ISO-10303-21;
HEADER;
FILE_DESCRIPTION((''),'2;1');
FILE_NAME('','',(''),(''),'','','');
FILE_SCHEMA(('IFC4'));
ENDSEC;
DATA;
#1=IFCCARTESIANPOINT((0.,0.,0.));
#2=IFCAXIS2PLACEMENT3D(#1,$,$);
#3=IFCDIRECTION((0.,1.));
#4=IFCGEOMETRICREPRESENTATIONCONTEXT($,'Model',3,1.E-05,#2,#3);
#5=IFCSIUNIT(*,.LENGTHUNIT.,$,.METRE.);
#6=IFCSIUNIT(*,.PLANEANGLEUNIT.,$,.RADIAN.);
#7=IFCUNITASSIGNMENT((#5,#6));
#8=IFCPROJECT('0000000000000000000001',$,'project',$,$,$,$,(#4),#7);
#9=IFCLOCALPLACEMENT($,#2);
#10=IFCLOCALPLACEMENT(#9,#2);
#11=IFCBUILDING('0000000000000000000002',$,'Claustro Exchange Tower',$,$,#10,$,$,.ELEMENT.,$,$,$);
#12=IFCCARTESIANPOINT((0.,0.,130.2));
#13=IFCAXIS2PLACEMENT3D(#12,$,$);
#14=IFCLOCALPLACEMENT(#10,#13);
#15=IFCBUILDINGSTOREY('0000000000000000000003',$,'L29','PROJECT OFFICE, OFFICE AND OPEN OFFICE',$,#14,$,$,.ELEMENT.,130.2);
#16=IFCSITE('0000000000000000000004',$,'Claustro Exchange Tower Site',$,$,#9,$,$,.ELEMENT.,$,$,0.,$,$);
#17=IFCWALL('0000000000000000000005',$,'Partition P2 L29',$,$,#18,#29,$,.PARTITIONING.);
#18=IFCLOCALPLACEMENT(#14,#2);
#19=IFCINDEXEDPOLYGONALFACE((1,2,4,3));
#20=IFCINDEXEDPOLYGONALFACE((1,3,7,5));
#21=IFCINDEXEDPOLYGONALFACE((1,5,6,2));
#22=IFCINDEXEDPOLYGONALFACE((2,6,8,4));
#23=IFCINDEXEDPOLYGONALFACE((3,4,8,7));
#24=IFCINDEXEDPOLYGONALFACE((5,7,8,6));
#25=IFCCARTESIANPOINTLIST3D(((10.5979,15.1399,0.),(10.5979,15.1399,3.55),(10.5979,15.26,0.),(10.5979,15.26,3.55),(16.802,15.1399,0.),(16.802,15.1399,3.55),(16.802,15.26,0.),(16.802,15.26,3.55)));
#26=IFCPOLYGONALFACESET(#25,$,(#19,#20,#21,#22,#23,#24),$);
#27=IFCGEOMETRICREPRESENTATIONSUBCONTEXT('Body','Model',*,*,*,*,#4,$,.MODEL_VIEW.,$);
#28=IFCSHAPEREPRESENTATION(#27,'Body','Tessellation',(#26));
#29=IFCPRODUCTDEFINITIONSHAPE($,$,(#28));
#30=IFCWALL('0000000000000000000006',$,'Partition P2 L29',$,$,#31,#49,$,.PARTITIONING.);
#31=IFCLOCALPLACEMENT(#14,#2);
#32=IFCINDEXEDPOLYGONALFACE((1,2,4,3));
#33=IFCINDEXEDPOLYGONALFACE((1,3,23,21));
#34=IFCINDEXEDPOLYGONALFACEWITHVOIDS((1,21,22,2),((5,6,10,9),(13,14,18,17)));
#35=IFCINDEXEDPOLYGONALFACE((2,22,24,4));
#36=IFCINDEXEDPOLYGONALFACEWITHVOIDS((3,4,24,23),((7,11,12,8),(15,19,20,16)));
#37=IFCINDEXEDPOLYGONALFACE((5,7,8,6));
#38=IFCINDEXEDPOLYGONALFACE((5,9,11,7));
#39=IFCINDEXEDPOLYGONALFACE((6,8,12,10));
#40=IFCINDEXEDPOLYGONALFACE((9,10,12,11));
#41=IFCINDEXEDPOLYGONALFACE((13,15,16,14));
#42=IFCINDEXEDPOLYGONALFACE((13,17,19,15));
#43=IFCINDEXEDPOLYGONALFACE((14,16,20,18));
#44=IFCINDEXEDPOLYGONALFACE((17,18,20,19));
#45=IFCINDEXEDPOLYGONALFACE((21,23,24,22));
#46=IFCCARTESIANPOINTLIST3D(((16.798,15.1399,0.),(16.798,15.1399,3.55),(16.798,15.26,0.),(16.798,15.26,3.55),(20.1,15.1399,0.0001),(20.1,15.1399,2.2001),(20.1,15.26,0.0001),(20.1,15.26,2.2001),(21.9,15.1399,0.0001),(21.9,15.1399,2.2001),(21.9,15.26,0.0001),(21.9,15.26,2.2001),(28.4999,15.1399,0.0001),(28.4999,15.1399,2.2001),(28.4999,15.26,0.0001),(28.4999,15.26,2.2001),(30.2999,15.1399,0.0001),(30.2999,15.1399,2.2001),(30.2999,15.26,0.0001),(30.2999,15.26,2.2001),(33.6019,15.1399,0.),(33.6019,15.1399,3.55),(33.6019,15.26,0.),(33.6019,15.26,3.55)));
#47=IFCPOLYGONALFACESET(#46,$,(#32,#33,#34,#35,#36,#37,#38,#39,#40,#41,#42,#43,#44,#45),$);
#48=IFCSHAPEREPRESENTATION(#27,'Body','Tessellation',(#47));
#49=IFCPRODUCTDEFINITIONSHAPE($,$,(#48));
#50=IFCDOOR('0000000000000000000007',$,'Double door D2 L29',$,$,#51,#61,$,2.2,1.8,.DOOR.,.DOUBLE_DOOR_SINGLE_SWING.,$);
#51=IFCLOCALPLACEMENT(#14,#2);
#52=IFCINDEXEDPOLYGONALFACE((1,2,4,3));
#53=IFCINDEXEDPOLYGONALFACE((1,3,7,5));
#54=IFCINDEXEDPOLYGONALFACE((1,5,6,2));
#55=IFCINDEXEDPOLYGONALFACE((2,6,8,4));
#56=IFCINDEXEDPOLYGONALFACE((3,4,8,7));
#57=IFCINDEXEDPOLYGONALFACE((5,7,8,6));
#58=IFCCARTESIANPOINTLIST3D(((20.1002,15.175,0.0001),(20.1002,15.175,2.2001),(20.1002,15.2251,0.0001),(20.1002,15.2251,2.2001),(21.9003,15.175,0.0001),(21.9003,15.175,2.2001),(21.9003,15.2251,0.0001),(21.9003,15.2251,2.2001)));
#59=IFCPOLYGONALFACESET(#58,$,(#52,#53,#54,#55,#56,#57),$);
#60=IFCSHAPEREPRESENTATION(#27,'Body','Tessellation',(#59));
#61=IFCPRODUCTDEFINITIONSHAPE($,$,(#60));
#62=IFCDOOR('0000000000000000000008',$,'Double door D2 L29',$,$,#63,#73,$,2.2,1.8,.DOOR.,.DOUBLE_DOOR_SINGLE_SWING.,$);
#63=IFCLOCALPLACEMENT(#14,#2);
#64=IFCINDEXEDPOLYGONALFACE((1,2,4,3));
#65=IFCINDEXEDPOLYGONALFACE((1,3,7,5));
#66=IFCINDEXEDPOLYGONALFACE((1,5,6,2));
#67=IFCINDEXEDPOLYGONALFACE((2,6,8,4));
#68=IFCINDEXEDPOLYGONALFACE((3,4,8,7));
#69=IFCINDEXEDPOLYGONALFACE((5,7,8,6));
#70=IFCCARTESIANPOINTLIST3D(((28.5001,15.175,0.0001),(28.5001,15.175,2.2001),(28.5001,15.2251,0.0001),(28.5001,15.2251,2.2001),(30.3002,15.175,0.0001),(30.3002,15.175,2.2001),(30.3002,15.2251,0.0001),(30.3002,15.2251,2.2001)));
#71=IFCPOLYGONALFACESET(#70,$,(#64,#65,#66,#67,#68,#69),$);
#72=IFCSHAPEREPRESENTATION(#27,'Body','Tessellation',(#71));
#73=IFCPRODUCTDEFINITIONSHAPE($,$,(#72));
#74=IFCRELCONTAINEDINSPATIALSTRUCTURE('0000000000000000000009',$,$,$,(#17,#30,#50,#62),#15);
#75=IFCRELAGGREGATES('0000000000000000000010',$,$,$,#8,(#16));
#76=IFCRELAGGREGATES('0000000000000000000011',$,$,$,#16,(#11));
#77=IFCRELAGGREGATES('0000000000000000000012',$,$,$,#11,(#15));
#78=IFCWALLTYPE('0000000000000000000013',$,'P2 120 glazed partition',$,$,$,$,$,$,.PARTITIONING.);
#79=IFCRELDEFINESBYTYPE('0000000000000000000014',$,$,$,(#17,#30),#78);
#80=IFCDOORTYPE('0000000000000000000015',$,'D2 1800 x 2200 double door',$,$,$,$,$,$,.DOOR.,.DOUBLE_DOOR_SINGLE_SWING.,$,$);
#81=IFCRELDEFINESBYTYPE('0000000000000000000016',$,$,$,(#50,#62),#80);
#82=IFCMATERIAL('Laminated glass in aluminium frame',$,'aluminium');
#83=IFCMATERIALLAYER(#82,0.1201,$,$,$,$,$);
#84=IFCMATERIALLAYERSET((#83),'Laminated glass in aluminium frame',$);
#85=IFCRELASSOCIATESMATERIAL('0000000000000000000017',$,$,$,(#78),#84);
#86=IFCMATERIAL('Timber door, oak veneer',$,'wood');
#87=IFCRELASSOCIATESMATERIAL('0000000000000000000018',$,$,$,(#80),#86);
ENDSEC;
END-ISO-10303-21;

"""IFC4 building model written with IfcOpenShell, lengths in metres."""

from ifc_helpers import new_model, si_unit, direction, frame, frame_2d, origin, place, context, subcontext, project, spatial, rectangle, extrude, material, layer, layer_set, type_object, element, fill, save


model = new_model("IFC4")

# Units and contexts
model_context = context("Model", 3, precision=1e-05, world=origin(), true_north=direction((0.0, 1.0)))
body_context = subcontext(model_context, "Body", "Model", "MODEL_VIEW")
ifc_project = project(units=[si_unit("LENGTHUNIT", "METRE"), si_unit("PLANEANGLEUNIT", "RADIAN")], contexts=[model_context])

# Site, building, storey
site_placement = place(None, origin())
site = spatial("IfcSite", under=ifc_project, at=site_placement, Name="Claustro Exchange Tower Site", CompositionType="ELEMENT", RefElevation=0.0)
building_placement = place(site_placement, origin())
building = spatial("IfcBuilding", under=site, at=building_placement, Name="Claustro Exchange Tower", CompositionType="ELEMENT")
storey_placement = place(building_placement, frame((0.0, 0.0, 130.2)))
storey = spatial("IfcBuildingStorey", under=building, at=storey_placement, Name="L29", Description="PROJECT OFFICE, OFFICE AND OPEN OFFICE", CompositionType="ELEMENT", Elevation=130.2)

# Wall
ifc_material_1 = material(Name="Laminated glass in aluminium frame", Category="aluminium")
ifc_layer_1 = layer(ifc_material_1, 0.1201)
ifc_layer_set_1 = layer_set([ifc_layer_1], Name="Laminated glass in aluminium frame")
wall_type_1 = type_object("IfcWallType", Name="P2 120 glazed partition", PredefinedType="PARTITIONING", material=ifc_layer_set_1)
wall_1_placement = place(storey_placement, frame((10.5979, 15.2, 0.0), z_axis=(0.0, 0.0, 1.0), x_axis=(1.0, 0.0, 0.0)))
element("IfcWall", 1, at=wall_1_placement, inside=storey, type_object=wall_type_1, Name="Partition P2 L29", PredefinedType="PARTITIONING", context=body_context, shape_type="SweptSolid", body=[
    extrude(rectangle(XDim=6.2041, YDim=0.1201, at=frame_2d((3.1021, 0.0))), origin(), (0.0, 0.0, 1.0), 3.55),
])

# Wall, openings, doors
wall_2_placement = place(storey_placement, frame((16.7981, 15.2, 0.0), z_axis=(0.0, 0.0, 1.0), x_axis=(1.0, 0.0, 0.0)))
wall_2 = element("IfcWall", 2, at=wall_2_placement, inside=storey, type_object=wall_type_1, Name="Partition P2 L29", PredefinedType="PARTITIONING", context=body_context, shape_type="SweptSolid", body=[
    extrude(rectangle(XDim=16.804, YDim=0.1201, at=frame_2d((8.4019, 0.0))), origin(), (0.0, 0.0, 1.0), 3.55),
])
opening_1_placement = place(wall_2_placement, frame((3.302, 0.0, 0.0)))
opening_1 = element("IfcOpeningElement", 3, at=opening_1_placement, cuts=wall_2, PredefinedType="OPENING", context=body_context, shape_type="SweptSolid", body=[
    extrude(rectangle(XDim=1.8, YDim=2.2, at=frame_2d((0.8999, 1.1001))), frame((0.0, 0.0701, 0.0), z_axis=(0.0, -1.0, 0.0), x_axis=(1.0, 0.0, 0.0)), (0.0, 0.0, 1.0), 0.1401),
])
opening_2_placement = place(wall_2_placement, frame((11.7019, 0.0, 0.0)))
opening_2 = element("IfcOpeningElement", 4, at=opening_2_placement, cuts=wall_2, PredefinedType="OPENING", context=body_context, shape_type="SweptSolid", body=[
    extrude(rectangle(XDim=1.8, YDim=2.2, at=frame_2d((0.8999, 1.1001))), frame((0.0, 0.0701, 0.0), z_axis=(0.0, -1.0, 0.0), x_axis=(1.0, 0.0, 0.0)), (0.0, 0.0, 1.0), 0.1401),
])
ifc_material_2 = material(Name="Timber door, oak veneer", Category="wood")
door_type_1 = type_object("IfcDoorType", Name="D2 1800 x 2200 double door", OperationType="DOUBLE_DOOR_SINGLE_SWING", PredefinedType="DOOR", material=ifc_material_2)
door_1_placement = place(opening_1_placement, frame((1.8, 0.0, 0.0), z_axis=(0.0, 0.0, 1.0), x_axis=(-1.0, 0.0, 0.0)))
door_1 = element("IfcDoor", 5, at=door_1_placement, inside=storey, type_object=door_type_1, Name="Double door D2 L29", OperationType="DOUBLE_DOOR_SINGLE_SWING", OverallHeight=2.2, OverallWidth=1.8, PredefinedType="DOOR", context=body_context, shape_type="SweptSolid", body=[
    extrude(rectangle(XDim=1.8, YDim=2.2, at=frame_2d((0.8999, 1.1001))), frame((0.0, 0.0249, 0.0), z_axis=(0.0, -1.0, 0.0), x_axis=(1.0, 0.0, 0.0)), (0.0, 0.0, 1.0), 0.05),
])
fill(opening_1, door_1)
door_2_placement = place(opening_2_placement, frame((1.8, 0.0, 0.0), z_axis=(0.0, 0.0, 1.0), x_axis=(-1.0, 0.0, 0.0)))
door_2 = element("IfcDoor", 6, at=door_2_placement, inside=storey, type_object=door_type_1, Name="Double door D2 L29", OperationType="DOUBLE_DOOR_SINGLE_SWING", OverallHeight=2.2, OverallWidth=1.8, PredefinedType="DOOR", context=body_context, shape_type="SweptSolid", body=[
    extrude(rectangle(XDim=1.8, YDim=2.2, at=frame_2d((0.8999, 1.1001))), frame((0.0, 0.0249, 0.0), z_axis=(0.0, -1.0, 0.0), x_axis=(1.0, 0.0, 0.0)), (0.0, 0.0, 1.0), 0.05),
])
fill(opening_2, door_2)

save(model, "model.ifc")
